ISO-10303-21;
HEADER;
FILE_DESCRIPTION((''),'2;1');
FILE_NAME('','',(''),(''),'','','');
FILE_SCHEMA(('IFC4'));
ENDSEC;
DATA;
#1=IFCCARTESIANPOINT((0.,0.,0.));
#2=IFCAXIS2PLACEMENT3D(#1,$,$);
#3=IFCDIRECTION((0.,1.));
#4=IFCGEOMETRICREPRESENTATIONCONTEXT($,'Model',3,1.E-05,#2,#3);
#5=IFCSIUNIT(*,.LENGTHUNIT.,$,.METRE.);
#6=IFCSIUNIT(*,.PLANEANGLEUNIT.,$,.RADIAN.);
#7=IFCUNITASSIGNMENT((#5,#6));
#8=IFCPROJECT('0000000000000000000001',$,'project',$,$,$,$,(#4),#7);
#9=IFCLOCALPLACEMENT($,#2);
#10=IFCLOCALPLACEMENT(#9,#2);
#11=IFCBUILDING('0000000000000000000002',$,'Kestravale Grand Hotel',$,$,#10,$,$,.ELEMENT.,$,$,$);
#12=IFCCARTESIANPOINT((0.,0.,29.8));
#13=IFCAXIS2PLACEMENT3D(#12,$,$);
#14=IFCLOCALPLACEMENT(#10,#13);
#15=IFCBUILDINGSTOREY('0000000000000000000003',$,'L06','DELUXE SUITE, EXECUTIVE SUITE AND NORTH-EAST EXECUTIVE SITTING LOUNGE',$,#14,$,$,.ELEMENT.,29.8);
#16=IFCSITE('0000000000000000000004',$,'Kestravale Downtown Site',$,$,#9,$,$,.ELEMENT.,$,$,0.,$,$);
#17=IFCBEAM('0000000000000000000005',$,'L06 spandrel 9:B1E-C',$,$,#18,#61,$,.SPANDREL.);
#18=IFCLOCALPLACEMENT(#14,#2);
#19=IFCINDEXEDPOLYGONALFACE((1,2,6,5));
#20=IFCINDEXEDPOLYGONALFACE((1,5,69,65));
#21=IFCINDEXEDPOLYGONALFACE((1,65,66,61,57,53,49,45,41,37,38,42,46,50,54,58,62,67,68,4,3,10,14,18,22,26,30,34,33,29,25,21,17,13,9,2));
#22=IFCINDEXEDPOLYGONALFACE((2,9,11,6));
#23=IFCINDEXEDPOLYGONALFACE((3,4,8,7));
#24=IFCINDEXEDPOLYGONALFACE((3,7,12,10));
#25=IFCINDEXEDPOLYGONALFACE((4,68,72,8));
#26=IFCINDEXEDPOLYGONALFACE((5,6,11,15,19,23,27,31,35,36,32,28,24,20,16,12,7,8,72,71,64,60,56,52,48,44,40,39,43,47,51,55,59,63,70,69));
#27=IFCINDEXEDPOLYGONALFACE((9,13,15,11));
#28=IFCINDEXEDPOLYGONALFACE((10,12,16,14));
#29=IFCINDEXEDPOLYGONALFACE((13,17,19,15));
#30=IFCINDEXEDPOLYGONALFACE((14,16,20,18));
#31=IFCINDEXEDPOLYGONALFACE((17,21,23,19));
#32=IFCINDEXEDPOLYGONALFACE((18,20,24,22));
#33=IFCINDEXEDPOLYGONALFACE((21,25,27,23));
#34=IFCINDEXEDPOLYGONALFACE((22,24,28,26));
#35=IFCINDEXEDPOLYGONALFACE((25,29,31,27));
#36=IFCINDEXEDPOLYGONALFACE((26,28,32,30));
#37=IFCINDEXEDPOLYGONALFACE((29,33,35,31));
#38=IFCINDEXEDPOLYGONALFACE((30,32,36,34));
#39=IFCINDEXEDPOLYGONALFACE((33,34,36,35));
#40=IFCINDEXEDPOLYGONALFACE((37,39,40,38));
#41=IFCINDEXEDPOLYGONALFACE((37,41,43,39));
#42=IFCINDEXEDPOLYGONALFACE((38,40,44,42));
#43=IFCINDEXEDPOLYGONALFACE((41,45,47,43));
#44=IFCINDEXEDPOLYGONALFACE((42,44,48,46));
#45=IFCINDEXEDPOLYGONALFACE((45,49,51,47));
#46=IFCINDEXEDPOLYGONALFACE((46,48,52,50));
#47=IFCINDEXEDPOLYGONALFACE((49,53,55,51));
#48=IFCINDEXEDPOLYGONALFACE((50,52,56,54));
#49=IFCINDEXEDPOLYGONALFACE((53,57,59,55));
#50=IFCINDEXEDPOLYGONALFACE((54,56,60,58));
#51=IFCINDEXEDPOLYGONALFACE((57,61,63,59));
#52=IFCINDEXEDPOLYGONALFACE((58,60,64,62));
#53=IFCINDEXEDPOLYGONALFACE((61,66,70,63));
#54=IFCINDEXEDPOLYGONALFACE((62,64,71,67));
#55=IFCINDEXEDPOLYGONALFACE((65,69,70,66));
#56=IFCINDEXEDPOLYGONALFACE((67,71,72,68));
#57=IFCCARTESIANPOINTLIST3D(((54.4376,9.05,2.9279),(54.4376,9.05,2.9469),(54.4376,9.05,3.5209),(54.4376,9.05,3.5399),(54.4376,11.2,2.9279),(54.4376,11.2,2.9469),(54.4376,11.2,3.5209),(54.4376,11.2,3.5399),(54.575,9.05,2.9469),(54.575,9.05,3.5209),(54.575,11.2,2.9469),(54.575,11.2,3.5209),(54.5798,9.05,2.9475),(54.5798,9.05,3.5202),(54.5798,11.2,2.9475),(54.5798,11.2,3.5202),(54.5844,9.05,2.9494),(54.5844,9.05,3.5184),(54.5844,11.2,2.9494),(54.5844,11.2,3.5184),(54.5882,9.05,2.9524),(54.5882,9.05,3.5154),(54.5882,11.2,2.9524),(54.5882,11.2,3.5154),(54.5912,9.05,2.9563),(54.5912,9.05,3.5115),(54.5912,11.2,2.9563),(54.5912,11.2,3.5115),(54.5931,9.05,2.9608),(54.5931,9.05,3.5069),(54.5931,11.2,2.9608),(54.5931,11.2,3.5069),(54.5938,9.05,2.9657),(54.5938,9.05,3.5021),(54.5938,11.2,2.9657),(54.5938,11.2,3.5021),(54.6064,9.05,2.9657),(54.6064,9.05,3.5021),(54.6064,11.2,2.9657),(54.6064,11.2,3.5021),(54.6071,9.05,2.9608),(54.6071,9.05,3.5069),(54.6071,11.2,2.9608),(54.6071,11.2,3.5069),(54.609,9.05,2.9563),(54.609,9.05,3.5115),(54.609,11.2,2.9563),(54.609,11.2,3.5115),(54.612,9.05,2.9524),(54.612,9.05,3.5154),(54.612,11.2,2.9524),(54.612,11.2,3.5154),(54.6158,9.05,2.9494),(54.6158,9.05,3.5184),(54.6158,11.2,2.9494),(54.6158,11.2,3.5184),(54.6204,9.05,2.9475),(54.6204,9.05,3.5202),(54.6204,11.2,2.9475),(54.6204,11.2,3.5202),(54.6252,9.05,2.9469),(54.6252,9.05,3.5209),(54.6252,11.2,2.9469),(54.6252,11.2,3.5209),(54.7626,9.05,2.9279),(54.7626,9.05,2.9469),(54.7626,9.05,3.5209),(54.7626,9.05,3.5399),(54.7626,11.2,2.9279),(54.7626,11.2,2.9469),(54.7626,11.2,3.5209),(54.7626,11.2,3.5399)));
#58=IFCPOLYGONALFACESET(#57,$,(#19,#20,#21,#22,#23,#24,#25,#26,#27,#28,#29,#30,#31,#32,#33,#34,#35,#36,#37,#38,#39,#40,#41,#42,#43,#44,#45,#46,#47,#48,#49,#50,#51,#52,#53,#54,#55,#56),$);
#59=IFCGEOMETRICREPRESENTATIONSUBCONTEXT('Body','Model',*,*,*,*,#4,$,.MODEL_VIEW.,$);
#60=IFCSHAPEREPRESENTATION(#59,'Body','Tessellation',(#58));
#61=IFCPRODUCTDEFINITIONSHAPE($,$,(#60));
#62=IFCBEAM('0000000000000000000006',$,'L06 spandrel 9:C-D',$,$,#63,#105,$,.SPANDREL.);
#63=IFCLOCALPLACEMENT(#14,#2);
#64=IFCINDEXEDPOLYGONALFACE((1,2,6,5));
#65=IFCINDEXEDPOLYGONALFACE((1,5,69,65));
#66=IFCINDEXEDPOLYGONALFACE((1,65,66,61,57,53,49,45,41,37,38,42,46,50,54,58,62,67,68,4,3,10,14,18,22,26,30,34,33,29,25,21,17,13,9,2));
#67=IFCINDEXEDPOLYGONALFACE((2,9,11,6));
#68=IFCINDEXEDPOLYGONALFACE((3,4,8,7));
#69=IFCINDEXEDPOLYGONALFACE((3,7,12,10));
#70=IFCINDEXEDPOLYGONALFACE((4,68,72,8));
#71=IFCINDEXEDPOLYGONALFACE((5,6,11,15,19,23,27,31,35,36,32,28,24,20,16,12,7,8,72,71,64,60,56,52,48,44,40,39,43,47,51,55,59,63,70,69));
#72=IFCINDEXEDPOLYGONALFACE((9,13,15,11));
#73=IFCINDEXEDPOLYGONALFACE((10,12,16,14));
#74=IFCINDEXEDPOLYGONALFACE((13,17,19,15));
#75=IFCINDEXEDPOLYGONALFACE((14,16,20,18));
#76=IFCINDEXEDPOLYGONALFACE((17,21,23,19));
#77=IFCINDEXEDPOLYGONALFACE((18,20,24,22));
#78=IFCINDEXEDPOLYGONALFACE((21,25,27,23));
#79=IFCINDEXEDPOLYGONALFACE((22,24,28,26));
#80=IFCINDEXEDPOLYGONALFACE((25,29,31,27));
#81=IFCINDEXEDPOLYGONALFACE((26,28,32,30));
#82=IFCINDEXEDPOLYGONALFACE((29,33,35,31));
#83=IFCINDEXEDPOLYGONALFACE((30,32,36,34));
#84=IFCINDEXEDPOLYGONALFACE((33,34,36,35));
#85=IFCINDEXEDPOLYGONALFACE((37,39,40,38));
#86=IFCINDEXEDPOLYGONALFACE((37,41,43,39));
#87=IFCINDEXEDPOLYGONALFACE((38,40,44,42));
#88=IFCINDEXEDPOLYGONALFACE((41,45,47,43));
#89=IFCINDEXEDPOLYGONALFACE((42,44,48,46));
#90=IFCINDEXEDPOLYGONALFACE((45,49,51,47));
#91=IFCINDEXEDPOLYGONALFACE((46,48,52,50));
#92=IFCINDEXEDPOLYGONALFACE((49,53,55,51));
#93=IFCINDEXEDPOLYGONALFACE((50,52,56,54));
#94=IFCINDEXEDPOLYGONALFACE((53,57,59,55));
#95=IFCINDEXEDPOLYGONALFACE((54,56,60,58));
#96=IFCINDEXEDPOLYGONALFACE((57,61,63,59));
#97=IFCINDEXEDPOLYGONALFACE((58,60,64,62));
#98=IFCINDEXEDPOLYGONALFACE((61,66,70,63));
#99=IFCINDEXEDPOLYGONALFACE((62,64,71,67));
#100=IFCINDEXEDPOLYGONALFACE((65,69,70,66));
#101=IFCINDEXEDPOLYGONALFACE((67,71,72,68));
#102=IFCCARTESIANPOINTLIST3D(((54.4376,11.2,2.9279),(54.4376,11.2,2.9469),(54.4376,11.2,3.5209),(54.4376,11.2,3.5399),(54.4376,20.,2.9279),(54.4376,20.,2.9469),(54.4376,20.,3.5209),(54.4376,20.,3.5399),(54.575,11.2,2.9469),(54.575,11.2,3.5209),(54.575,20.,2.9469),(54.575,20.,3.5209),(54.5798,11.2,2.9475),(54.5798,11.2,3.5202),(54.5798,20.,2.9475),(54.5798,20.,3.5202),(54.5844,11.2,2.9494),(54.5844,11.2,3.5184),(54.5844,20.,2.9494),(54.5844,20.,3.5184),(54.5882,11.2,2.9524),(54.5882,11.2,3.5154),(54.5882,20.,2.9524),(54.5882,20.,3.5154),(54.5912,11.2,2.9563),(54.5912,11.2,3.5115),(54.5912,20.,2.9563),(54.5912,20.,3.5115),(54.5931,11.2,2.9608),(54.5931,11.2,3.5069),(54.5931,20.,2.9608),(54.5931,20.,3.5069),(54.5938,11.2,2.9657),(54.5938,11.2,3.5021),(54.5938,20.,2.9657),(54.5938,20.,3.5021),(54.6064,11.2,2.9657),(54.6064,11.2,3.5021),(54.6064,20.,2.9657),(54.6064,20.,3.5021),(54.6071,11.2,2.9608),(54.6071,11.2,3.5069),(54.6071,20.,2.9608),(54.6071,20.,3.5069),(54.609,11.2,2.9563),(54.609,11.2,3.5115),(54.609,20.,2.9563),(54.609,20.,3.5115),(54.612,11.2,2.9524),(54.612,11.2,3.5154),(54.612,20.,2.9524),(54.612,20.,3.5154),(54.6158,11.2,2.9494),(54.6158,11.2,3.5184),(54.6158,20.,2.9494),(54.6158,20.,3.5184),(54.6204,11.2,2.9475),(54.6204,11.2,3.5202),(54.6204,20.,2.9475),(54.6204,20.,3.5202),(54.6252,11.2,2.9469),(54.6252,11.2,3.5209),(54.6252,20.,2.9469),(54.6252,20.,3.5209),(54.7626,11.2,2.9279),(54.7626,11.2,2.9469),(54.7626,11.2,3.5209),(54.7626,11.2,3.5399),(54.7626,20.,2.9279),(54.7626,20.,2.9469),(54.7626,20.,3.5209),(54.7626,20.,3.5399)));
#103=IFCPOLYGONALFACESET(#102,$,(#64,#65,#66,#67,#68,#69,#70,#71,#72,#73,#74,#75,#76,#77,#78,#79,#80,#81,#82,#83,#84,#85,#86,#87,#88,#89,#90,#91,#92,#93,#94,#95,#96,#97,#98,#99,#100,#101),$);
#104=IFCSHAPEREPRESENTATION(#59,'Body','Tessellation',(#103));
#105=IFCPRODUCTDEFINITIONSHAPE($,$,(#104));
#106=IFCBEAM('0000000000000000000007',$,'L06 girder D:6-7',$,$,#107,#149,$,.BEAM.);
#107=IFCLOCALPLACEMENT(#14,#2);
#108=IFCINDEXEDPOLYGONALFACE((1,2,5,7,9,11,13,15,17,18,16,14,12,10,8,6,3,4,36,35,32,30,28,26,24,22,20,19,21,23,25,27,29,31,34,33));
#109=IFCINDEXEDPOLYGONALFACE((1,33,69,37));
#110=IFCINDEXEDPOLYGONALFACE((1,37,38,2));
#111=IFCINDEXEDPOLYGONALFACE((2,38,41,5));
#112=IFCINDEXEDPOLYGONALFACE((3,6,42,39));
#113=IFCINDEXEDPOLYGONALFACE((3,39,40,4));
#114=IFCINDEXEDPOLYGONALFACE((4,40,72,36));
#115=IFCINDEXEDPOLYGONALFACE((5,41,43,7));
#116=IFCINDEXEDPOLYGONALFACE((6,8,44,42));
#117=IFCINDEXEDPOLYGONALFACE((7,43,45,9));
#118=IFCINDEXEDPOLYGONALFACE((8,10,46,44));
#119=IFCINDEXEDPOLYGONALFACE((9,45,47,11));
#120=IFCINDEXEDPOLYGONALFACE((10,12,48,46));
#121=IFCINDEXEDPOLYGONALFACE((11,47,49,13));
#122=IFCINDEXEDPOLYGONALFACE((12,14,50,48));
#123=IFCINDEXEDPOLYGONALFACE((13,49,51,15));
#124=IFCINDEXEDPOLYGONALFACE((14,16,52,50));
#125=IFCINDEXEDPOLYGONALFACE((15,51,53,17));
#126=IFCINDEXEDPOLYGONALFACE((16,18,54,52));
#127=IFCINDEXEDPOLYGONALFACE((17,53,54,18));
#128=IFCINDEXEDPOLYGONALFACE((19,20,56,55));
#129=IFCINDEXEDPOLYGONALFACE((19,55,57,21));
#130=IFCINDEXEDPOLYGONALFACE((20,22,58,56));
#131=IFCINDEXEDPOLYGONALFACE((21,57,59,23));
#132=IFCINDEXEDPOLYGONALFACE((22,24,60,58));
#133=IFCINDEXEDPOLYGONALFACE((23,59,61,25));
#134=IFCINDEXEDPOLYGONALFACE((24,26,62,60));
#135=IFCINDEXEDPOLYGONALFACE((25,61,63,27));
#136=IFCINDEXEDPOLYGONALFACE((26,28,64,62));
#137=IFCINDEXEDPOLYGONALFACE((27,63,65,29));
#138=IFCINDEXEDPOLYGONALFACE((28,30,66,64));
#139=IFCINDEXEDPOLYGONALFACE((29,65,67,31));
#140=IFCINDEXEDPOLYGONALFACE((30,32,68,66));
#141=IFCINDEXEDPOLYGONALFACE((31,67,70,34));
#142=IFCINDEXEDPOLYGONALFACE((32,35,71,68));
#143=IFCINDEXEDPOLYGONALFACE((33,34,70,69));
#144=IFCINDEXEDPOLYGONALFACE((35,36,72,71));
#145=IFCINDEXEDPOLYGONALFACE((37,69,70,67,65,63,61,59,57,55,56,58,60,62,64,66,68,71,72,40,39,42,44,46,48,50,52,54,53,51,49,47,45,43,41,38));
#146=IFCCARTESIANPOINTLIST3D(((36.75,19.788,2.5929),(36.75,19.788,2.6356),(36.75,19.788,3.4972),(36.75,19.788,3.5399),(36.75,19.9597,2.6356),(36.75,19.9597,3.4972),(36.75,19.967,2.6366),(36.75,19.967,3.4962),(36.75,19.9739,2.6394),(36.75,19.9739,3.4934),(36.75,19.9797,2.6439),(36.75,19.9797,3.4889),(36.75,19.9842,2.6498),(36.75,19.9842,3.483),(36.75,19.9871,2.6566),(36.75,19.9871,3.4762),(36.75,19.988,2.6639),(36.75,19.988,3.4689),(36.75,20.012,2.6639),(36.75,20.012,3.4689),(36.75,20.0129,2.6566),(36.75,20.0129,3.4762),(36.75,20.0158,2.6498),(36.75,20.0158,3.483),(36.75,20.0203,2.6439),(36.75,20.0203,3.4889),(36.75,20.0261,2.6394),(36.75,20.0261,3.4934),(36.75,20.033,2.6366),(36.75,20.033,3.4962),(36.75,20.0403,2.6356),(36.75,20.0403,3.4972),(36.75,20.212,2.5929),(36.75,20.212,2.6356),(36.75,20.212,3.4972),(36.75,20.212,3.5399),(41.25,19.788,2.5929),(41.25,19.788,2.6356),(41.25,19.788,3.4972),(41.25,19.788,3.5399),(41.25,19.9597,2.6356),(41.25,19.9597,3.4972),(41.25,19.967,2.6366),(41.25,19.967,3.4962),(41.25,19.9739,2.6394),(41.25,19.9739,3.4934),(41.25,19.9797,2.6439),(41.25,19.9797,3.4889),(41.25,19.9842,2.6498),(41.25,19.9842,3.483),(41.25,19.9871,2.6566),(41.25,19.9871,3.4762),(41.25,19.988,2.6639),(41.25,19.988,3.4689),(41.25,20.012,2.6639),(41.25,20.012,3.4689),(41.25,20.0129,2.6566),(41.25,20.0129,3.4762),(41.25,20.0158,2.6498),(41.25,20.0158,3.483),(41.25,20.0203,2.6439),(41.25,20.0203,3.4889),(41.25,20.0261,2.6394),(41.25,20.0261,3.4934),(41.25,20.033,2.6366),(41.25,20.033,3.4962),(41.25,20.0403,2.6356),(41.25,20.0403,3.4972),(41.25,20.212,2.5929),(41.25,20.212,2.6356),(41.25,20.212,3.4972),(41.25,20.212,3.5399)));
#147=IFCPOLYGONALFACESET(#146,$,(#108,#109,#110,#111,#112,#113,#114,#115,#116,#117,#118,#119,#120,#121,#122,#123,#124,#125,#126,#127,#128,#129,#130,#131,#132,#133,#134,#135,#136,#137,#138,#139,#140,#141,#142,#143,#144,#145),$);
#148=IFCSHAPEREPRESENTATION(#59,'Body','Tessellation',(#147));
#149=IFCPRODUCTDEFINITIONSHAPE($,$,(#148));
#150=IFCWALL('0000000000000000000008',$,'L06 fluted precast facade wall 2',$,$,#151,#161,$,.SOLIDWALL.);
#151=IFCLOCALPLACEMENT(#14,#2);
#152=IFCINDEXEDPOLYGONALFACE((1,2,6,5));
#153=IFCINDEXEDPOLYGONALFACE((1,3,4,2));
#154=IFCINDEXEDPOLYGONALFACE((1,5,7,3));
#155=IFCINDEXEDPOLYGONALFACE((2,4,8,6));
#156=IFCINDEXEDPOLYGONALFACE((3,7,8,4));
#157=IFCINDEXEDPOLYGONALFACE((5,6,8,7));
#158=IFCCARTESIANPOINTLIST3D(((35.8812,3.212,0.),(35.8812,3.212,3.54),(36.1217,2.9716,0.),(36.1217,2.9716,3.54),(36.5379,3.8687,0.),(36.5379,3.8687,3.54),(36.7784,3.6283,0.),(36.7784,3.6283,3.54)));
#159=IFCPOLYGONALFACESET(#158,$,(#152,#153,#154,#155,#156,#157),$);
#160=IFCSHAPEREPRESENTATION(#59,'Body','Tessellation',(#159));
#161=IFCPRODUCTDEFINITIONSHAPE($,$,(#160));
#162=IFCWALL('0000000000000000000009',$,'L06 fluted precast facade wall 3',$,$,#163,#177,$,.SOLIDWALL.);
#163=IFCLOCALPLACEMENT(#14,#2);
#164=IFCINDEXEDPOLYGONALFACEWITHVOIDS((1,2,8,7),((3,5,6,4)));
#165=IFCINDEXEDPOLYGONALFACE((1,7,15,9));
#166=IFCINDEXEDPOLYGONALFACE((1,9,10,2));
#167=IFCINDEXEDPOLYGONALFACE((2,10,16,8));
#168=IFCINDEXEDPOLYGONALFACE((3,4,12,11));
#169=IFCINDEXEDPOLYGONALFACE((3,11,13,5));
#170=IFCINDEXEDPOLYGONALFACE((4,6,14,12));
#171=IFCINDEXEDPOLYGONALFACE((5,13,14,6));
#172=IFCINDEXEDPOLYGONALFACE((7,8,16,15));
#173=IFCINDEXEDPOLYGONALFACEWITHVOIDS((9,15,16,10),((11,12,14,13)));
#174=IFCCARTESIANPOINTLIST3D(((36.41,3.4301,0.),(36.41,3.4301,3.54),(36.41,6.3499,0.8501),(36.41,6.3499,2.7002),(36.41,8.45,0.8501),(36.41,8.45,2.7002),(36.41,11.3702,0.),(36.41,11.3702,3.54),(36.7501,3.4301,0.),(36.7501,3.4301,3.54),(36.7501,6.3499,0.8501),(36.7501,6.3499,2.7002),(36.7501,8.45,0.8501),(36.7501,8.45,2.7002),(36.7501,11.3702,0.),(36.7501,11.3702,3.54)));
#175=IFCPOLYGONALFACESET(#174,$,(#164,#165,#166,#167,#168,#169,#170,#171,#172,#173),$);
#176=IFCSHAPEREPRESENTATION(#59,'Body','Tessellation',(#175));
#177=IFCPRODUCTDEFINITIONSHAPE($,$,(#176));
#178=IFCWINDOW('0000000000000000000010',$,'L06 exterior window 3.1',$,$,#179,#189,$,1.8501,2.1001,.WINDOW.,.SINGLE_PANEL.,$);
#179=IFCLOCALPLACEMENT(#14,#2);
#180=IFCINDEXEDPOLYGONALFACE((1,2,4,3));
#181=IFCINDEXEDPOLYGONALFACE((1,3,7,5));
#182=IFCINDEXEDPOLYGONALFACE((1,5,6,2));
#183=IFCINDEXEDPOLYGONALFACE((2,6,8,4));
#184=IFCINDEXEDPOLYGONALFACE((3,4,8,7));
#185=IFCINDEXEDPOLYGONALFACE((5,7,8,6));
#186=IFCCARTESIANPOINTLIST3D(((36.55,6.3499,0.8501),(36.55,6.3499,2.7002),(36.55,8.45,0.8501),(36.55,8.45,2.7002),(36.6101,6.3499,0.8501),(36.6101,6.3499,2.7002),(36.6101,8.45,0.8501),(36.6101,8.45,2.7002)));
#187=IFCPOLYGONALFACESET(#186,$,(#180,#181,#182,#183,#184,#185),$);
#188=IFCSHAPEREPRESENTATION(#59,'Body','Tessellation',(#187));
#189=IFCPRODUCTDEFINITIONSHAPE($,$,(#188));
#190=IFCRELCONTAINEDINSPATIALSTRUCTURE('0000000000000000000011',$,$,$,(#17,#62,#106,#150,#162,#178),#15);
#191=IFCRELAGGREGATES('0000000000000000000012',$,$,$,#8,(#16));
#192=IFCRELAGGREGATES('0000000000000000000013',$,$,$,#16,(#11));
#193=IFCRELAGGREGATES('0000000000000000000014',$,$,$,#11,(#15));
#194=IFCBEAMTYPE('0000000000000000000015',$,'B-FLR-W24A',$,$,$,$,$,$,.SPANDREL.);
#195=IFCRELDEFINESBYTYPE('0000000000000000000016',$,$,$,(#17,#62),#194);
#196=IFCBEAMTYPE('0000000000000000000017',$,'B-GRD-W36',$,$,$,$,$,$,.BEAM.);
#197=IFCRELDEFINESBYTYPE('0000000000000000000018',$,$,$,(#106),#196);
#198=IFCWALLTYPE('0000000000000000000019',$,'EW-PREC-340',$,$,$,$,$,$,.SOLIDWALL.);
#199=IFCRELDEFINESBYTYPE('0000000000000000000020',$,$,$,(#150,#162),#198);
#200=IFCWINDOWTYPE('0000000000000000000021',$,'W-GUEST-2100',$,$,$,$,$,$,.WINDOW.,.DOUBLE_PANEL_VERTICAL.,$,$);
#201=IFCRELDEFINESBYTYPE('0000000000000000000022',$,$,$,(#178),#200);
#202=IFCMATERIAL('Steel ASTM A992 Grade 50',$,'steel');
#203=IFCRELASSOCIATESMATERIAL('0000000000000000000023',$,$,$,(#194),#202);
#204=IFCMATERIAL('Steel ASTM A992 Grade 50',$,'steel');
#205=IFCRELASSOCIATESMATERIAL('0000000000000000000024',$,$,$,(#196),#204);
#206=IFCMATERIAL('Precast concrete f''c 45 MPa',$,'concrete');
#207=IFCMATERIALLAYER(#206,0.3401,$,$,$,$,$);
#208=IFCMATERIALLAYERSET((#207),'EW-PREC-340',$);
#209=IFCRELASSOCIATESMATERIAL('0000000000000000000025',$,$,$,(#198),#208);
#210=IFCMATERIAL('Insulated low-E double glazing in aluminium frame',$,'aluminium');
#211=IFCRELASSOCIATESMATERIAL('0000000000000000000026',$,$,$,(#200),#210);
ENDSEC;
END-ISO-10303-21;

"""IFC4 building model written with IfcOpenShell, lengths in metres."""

from ifc_helpers import new_model, si_unit, direction, frame, frame_2d, origin, origin_2d, place, context, subcontext, project, spatial, rectangle, i_section, extrude, material, layer, layer_set, material_profile, profile_set, type_object, element, fill, save


model = new_model("IFC4")

# Units and contexts
model_context = context("Model", 3, precision=1e-05, world=origin(), true_north=direction((0.0, 1.0)))
body_context = subcontext(model_context, "Body", "Model", "MODEL_VIEW")
ifc_project = project(units=[si_unit("LENGTHUNIT", "METRE"), si_unit("PLANEANGLEUNIT", "RADIAN")], contexts=[model_context])

# Site, building, storey
site_placement = place(None, origin())
site = spatial("IfcSite", under=ifc_project, at=site_placement, Name="Kestravale Downtown Site", CompositionType="ELEMENT", RefElevation=0.0)
building_placement = place(site_placement, origin())
building = spatial("IfcBuilding", under=site, at=building_placement, Name="Kestravale Grand Hotel", CompositionType="ELEMENT")
storey_placement = place(building_placement, frame((0.0, 0.0, 29.8)))
storey = spatial("IfcBuildingStorey", under=building, at=storey_placement, Name="L06", Description="DELUXE SUITE, EXECUTIVE SUITE AND NORTH-EAST EXECUTIVE SITTING LOUNGE", CompositionType="ELEMENT", Elevation=29.8)

# Beams
ifc_material_1 = material(Name="Steel ASTM A992 Grade 50", Category="steel")
ifc_material_profile_1 = material_profile(ifc_material_1, i_section(OverallWidth=0.325, OverallDepth=0.6121, WebThickness=0.0127, FlangeThickness=0.019, FilletRadius=0.0188, at=origin_2d()))
ifc_profile_set_1 = profile_set([ifc_material_profile_1], Name="Steel ASTM A992 Grade 50")
beam_type_1 = type_object("IfcBeamType", Name="B-FLR-W24A", PredefinedType="SPANDREL", material=ifc_profile_set_1)
beam_1_placement = place(storey_placement, frame((54.6001, 9.05, 3.2339), z_axis=(0.0, 1.0, 0.0), x_axis=(-1.0, 0.0, 0.0)))
element("IfcBeam", 1, at=beam_1_placement, inside=storey, type_object=beam_type_1, Name="L06 spandrel 9:B1E-C", PredefinedType="SPANDREL", context=body_context, shape_type="SweptSolid", body=[
    extrude(i_section(OverallWidth=0.325, OverallDepth=0.6121, WebThickness=0.0127, FlangeThickness=0.019, FilletRadius=0.0188, at=origin_2d()), origin(), (0.0, 0.0, 1.0), 2.1499),
])
beam_2_placement = place(storey_placement, frame((54.6001, 11.2, 3.2339), z_axis=(0.0, 1.0, 0.0), x_axis=(-1.0, 0.0, 0.0)))
element("IfcBeam", 2, at=beam_2_placement, inside=storey, type_object=beam_type_1, Name="L06 spandrel 9:C-D", PredefinedType="SPANDREL", context=body_context, shape_type="SweptSolid", body=[
    extrude(i_section(OverallWidth=0.325, OverallDepth=0.6121, WebThickness=0.0127, FlangeThickness=0.019, FilletRadius=0.0188, at=origin_2d()), origin(), (0.0, 0.0, 1.0), 8.8),
])
ifc_material_2 = material(Name="Steel ASTM A992 Grade 50", Category="steel")
ifc_material_profile_2 = material_profile(ifc_material_2, i_section(OverallWidth=0.4241, OverallDepth=0.947, WebThickness=0.0239, FlangeThickness=0.0427, FilletRadius=0.0283, at=origin_2d()))
ifc_profile_set_2 = profile_set([ifc_material_profile_2], Name="Steel ASTM A992 Grade 50")
beam_type_2 = type_object("IfcBeamType", Name="B-GRD-W36", PredefinedType="BEAM", material=ifc_profile_set_2)
beam_3_placement = place(storey_placement, frame((36.75, 20.0, 3.0664), z_axis=(1.0, 0.0, 0.0), x_axis=(0.0, 1.0, 0.0)))
element("IfcBeam", 3, at=beam_3_placement, inside=storey, type_object=beam_type_2, Name="L06 girder D:6-7", PredefinedType="BEAM", context=body_context, shape_type="SweptSolid", body=[
    extrude(i_section(OverallWidth=0.4241, OverallDepth=0.947, WebThickness=0.0239, FlangeThickness=0.0427, FilletRadius=0.0283, at=origin_2d()), origin(), (0.0, 0.0, 1.0), 4.5),
])

# Wall
ifc_material_3 = material(Name="Precast concrete f'c 45 MPa", Category="concrete")
ifc_layer_1 = layer(ifc_material_3, 0.3401)
ifc_layer_set_1 = layer_set([ifc_layer_1], Name="EW-PREC-340")
wall_type_1 = type_object("IfcWallType", Name="EW-PREC-340", PredefinedType="SOLIDWALL", material=ifc_layer_set_1)
wall_1_placement = place(storey_placement, frame((36.0015, 3.0918, 0.0), z_axis=(0.0, 0.0, 1.0), x_axis=(0.707107, 0.707107, 0.0)))
element("IfcWall", 4, at=wall_1_placement, inside=storey, type_object=wall_type_1, Name="L06 fluted precast facade wall 2", PredefinedType="SOLIDWALL", context=body_context, shape_type="SweptSolid", body=[
    extrude(rectangle(XDim=0.9287, YDim=0.3401, at=frame_2d((0.4644, 0.0))), origin(), (0.0, 0.0, 1.0), 3.54),
])

# Wall, opening, window
wall_2_placement = place(storey_placement, frame((36.5801, 3.4299, 0.0), z_axis=(0.0, 0.0, 1.0), x_axis=(0.0, 1.0, 0.0)))
wall_2 = element("IfcWall", 5, at=wall_2_placement, inside=storey, type_object=wall_type_1, Name="L06 fluted precast facade wall 3", PredefinedType="SOLIDWALL", context=body_context, shape_type="SweptSolid", body=[
    extrude(rectangle(XDim=7.9402, YDim=0.3401, at=frame_2d((3.9702, 0.0))), origin(), (0.0, 0.0, 1.0), 3.54),
])
opening_1_placement = place(wall_2_placement, frame((2.9199, 0.0, 0.8501)))
opening_1 = element("IfcOpeningElement", 6, at=opening_1_placement, cuts=wall_2, PredefinedType="OPENING", context=body_context, shape_type="SweptSolid", body=[
    extrude(rectangle(XDim=2.1001, YDim=1.8501, at=frame_2d((1.05, 0.925))), frame((0.0, 0.1799, 0.0), z_axis=(0.0, -1.0, 0.0), x_axis=(1.0, 0.0, 0.0)), (0.0, 0.0, 1.0), 0.3601),
])
ifc_material_4 = material(Name="Insulated low-E double glazing in aluminium frame", Category="aluminium")
window_type = type_object("IfcWindowType", Name="W-GUEST-2100", PartitioningType="DOUBLE_PANEL_VERTICAL", PredefinedType="WINDOW", material=ifc_material_4)
window_1_placement = place(opening_1_placement, origin())
window_1 = element("IfcWindow", 7, at=window_1_placement, inside=storey, type_object=window_type, Name="L06 exterior window 3.1", OverallHeight=1.8501, OverallWidth=2.1001, PartitioningType="SINGLE_PANEL", PredefinedType="WINDOW", context=body_context, shape_type="SweptSolid", body=[
    extrude(rectangle(XDim=2.1001, YDim=1.8501, at=frame_2d((1.05, 0.925))), frame((0.0, 0.03, 0.0), z_axis=(0.0, -1.0, 0.0), x_axis=(1.0, 0.0, 0.0)), (0.0, 0.0, 1.0), 0.0601),
])
fill(opening_1, window_1)

save(model, "model.ifc")
